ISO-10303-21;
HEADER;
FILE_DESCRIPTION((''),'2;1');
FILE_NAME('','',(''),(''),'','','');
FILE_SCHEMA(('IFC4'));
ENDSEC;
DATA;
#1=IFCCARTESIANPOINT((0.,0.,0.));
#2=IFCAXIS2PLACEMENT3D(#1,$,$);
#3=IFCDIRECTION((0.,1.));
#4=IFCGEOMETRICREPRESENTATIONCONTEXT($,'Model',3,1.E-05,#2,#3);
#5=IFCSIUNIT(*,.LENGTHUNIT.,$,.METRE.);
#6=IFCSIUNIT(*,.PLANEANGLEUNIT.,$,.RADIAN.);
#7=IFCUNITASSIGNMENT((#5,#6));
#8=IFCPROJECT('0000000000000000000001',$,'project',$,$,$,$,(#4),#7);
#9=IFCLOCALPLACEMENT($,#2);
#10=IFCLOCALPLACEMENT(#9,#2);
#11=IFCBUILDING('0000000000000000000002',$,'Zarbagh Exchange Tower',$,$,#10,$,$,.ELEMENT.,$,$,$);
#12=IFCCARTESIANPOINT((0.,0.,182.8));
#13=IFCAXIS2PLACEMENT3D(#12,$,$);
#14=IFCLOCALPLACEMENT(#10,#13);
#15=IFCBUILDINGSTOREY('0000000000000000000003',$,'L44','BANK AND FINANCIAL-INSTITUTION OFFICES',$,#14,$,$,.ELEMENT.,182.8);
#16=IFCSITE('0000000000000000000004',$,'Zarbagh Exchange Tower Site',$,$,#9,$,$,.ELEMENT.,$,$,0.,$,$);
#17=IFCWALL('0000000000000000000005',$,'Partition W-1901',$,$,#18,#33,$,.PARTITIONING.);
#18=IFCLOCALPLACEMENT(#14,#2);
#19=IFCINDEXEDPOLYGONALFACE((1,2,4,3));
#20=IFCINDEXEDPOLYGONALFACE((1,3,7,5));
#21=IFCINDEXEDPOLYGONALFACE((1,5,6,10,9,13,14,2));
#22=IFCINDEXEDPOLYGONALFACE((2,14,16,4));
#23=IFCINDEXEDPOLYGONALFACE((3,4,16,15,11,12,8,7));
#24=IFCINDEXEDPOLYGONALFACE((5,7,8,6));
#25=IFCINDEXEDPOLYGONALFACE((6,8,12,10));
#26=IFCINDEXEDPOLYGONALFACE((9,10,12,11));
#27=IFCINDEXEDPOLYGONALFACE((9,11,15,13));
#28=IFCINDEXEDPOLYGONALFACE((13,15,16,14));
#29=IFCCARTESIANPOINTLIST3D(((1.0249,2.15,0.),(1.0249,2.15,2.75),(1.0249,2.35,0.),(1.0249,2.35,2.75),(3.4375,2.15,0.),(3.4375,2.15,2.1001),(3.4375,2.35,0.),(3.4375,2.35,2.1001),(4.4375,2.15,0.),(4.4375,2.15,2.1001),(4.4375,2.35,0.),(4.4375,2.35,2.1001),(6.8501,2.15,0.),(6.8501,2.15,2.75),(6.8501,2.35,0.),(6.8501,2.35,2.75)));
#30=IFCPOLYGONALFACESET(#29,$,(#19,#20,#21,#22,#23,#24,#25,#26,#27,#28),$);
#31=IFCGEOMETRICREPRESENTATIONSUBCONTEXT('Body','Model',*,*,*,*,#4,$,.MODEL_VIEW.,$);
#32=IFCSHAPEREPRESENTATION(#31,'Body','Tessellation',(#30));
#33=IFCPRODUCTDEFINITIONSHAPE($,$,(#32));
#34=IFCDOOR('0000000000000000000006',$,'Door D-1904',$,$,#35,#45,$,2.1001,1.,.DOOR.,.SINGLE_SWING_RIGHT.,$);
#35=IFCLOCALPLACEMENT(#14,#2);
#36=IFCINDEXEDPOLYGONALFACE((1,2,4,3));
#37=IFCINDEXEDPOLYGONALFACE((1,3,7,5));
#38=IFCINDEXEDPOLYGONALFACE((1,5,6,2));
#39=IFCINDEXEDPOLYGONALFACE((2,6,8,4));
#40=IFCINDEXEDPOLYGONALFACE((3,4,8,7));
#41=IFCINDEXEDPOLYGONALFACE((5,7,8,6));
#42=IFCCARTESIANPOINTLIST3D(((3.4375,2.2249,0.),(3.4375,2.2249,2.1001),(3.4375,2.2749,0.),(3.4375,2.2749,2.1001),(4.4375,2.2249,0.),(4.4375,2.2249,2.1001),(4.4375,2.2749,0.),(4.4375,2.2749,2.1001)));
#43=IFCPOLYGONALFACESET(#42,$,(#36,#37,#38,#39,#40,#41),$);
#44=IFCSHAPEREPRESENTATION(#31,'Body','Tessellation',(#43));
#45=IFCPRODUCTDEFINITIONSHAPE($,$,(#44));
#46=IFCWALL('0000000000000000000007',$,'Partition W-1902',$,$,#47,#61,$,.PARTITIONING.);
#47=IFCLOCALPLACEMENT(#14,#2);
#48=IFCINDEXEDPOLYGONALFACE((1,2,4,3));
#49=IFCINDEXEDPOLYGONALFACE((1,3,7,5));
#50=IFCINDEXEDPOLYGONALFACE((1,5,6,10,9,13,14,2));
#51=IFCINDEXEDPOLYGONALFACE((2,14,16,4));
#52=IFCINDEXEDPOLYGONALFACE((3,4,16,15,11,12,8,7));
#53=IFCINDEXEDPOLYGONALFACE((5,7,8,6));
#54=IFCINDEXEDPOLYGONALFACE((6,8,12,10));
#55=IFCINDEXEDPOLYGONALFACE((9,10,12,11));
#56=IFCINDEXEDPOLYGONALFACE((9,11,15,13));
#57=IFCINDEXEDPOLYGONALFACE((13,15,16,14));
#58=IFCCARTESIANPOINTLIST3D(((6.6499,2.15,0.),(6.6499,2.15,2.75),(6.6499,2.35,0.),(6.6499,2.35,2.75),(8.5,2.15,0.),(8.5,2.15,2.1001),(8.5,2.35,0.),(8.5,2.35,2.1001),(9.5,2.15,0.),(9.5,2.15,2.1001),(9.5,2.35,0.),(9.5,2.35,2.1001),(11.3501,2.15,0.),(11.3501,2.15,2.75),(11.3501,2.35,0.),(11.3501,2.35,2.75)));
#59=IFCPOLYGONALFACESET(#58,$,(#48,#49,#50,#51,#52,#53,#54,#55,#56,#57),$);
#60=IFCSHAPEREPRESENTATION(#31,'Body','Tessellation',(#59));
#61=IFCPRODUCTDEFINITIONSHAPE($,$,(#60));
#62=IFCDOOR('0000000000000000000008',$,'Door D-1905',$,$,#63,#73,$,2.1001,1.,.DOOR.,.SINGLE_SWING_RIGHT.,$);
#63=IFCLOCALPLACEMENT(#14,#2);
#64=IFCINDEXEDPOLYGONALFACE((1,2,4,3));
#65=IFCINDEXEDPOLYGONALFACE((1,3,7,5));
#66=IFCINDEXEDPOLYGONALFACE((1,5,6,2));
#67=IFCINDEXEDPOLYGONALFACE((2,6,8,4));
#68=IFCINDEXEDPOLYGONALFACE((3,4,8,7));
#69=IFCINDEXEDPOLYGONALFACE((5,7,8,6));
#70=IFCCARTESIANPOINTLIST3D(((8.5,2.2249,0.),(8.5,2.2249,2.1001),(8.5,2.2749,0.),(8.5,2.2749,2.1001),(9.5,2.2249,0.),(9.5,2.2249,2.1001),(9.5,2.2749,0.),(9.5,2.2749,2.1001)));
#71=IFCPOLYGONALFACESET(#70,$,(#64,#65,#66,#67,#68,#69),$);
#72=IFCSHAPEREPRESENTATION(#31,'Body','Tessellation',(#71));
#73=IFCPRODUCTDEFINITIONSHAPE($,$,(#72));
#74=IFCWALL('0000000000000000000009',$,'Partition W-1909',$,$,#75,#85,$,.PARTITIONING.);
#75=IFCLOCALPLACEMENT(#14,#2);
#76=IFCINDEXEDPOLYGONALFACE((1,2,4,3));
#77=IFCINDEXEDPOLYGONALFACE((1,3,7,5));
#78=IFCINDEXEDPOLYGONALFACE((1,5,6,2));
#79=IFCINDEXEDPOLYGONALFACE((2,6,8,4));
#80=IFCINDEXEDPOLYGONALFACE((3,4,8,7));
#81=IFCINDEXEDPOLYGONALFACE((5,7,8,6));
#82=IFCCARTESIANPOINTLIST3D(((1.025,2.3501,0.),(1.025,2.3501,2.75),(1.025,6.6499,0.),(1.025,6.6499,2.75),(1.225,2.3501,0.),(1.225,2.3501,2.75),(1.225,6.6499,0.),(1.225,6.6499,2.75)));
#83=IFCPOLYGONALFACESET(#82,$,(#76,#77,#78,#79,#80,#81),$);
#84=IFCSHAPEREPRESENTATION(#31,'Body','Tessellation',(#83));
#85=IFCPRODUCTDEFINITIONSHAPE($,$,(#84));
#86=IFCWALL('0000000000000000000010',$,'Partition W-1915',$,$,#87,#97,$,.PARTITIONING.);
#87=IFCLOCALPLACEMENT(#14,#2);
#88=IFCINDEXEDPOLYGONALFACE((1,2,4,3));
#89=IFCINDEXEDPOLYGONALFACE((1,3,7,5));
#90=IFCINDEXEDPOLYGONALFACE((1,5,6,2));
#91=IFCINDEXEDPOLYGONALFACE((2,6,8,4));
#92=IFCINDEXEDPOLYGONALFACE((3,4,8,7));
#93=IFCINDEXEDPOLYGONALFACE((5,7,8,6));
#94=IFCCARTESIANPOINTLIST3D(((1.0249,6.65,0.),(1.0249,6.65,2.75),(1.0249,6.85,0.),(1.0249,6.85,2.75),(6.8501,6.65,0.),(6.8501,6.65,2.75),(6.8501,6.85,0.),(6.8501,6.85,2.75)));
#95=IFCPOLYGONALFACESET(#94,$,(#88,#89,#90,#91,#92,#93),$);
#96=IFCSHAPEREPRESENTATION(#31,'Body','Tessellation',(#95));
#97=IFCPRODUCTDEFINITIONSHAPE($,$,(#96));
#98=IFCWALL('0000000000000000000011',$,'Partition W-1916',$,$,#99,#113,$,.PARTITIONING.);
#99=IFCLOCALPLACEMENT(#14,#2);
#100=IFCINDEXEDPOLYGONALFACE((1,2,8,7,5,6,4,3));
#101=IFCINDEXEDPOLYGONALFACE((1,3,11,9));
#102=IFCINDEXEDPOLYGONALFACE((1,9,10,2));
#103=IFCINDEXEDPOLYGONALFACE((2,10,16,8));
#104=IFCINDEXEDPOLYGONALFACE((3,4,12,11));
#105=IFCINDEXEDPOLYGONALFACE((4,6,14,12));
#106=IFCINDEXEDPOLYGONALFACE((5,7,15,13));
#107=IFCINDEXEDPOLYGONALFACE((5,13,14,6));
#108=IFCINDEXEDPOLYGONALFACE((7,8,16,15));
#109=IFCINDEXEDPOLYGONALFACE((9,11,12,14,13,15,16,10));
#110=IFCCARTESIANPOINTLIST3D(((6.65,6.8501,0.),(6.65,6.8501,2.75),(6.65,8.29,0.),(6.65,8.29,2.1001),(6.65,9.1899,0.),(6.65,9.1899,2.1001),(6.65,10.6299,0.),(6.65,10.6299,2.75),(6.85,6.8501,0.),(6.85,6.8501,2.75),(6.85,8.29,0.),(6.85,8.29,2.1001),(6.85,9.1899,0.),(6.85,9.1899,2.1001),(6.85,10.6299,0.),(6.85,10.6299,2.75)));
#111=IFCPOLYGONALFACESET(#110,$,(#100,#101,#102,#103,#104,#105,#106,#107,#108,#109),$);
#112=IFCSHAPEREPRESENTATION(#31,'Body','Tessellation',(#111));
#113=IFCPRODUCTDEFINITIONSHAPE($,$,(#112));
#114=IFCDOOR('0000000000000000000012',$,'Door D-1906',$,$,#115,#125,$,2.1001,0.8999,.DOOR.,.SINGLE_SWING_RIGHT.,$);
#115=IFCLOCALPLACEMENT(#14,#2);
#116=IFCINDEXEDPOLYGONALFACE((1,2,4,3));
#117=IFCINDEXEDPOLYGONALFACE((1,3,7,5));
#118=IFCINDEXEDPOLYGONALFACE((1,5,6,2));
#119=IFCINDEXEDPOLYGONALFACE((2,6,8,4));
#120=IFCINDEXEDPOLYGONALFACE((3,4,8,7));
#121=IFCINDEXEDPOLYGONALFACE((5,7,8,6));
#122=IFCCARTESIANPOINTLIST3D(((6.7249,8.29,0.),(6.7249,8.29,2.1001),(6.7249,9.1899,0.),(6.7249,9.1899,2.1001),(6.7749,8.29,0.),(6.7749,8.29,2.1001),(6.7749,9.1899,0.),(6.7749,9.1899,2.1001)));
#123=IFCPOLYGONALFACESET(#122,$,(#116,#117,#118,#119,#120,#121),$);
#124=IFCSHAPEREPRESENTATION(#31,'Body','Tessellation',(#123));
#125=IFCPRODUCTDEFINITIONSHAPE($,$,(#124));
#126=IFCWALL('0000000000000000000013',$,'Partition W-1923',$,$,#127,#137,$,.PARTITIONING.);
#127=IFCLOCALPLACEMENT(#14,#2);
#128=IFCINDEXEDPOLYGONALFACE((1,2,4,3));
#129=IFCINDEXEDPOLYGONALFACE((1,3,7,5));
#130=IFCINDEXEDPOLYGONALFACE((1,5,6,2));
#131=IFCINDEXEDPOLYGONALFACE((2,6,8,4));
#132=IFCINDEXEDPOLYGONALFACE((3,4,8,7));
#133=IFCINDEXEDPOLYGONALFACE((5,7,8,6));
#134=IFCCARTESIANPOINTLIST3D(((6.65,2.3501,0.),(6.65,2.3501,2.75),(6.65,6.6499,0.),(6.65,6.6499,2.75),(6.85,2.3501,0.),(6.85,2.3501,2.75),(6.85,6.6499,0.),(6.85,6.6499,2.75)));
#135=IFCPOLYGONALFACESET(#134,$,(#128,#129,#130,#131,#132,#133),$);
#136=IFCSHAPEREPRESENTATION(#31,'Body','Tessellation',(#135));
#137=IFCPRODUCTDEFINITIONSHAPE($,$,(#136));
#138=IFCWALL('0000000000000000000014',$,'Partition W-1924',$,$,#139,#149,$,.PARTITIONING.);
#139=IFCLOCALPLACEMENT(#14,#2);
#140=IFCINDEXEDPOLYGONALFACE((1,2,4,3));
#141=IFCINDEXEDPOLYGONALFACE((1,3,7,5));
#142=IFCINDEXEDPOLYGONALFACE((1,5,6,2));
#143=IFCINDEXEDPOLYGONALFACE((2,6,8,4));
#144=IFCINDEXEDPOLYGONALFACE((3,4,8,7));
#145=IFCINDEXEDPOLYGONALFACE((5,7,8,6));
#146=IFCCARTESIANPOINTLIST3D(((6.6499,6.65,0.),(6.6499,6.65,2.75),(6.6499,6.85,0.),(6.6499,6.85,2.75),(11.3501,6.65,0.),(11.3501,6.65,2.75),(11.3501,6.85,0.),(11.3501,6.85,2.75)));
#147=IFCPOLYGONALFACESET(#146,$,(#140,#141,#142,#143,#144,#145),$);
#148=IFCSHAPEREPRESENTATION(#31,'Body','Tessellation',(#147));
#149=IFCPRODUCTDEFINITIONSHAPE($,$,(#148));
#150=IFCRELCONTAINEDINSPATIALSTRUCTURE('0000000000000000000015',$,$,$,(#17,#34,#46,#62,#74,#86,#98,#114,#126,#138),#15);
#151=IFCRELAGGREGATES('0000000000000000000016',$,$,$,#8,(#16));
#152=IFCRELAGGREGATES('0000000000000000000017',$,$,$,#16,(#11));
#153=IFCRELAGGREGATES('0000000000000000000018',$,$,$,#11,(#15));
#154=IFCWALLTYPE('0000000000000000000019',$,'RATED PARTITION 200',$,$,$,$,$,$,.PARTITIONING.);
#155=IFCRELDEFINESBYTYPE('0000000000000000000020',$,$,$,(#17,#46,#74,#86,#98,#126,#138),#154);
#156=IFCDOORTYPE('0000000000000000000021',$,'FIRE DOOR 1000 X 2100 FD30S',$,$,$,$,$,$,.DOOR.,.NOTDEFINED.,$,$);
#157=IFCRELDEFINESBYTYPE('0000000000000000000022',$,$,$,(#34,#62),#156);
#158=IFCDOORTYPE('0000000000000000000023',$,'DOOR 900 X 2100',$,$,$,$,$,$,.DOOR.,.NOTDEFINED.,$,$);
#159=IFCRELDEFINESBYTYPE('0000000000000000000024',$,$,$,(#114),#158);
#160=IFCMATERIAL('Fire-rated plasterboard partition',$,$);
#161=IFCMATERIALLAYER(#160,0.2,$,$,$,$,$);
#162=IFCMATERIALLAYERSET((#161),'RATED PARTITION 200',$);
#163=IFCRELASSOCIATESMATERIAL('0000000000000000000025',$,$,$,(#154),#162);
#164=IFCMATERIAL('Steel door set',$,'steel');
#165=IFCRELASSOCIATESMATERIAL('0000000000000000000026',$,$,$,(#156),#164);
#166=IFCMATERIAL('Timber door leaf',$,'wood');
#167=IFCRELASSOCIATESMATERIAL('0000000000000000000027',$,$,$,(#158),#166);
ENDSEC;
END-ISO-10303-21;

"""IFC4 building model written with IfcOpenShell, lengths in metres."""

from ifc_helpers import new_model, si_unit, direction, frame, frame_2d, origin, place, context, subcontext, project, spatial, rectangle, extrude, material, layer, layer_set, type_object, element, fill, save


model = new_model("IFC4")

# Units and contexts
model_context = context("Model", 3, precision=1e-05, world=origin(), true_north=direction((0.0, 1.0)))
body_context = subcontext(model_context, "Body", "Model", "MODEL_VIEW")
ifc_project = project(units=[si_unit("LENGTHUNIT", "METRE"), si_unit("PLANEANGLEUNIT", "RADIAN")], contexts=[model_context])

# Site, building, storey
site_placement = place(None, origin())
site = spatial("IfcSite", under=ifc_project, at=site_placement, Name="Zarbagh Exchange Tower Site", CompositionType="ELEMENT", RefElevation=0.0)
building_placement = place(site_placement, origin())
building = spatial("IfcBuilding", under=site, at=building_placement, Name="Zarbagh Exchange Tower", CompositionType="ELEMENT")
storey_placement = place(building_placement, frame((0.0, 0.0, 182.8)))
storey = spatial("IfcBuildingStorey", under=building, at=storey_placement, Name="L44", Description="BANK AND FINANCIAL-INSTITUTION OFFICES", CompositionType="ELEMENT", Elevation=182.8)

# Walls, openings, doors
ifc_material_1 = material(Name="Fire-rated plasterboard partition")
ifc_layer_1 = layer(ifc_material_1, 0.2)
ifc_layer_set_1 = layer_set([ifc_layer_1], Name="RATED PARTITION 200")
wall_type_1 = type_object("IfcWallType", Name="RATED PARTITION 200", PredefinedType="PARTITIONING", material=ifc_layer_set_1)
wall_1_placement = place(storey_placement, frame((1.0249, 2.25, 0.0), z_axis=(0.0, 0.0, 1.0), x_axis=(1.0, 0.0, 0.0)))
wall_1 = element("IfcWall", 1, at=wall_1_placement, inside=storey, type_object=wall_type_1, Name="Partition W-1901", PredefinedType="PARTITIONING", context=body_context, shape_type="SweptSolid", body=[
    extrude(rectangle(XDim=5.8252, YDim=0.2, at=frame_2d((2.9126, 0.0))), origin(), (0.0, 0.0, 1.0), 2.75),
])
opening_1_placement = place(wall_1_placement, frame((2.4126, 0.0, 0.0)))
opening_1 = element("IfcOpeningElement", 2, at=opening_1_placement, cuts=wall_1, PredefinedType="OPENING", context=body_context, shape_type="SweptSolid", body=[
    extrude(rectangle(XDim=1.0, YDim=2.1001, at=frame_2d((0.5, 1.05))), frame((0.0, 0.1099, 0.0), z_axis=(0.0, -1.0, 0.0), x_axis=(1.0, 0.0, 0.0)), (0.0, 0.0, 1.0), 0.22),
])
ifc_material_2 = material(Name="Steel door set", Category="steel")
door_type_1 = type_object("IfcDoorType", Name="FIRE DOOR 1000 X 2100 FD30S", OperationType="NOTDEFINED", PredefinedType="DOOR", material=ifc_material_2)
door_1_placement = place(opening_1_placement, origin())
door_1 = element("IfcDoor", 3, at=door_1_placement, inside=storey, type_object=door_type_1, Name="Door D-1904", OperationType="SINGLE_SWING_RIGHT", OverallHeight=2.1001, OverallWidth=1.0, PredefinedType="DOOR", context=body_context, shape_type="SweptSolid", body=[
    extrude(rectangle(XDim=1.0, YDim=2.1001, at=frame_2d((0.5, 1.05))), frame((0.0, 0.0249, 0.0), z_axis=(0.0, -1.0, 0.0), x_axis=(1.0, 0.0, 0.0)), (0.0, 0.0, 1.0), 0.05),
])
fill(opening_1, door_1)
wall_2_placement = place(storey_placement, frame((6.6499, 2.25, 0.0), z_axis=(0.0, 0.0, 1.0), x_axis=(1.0, 0.0, 0.0)))
wall_2 = element("IfcWall", 4, at=wall_2_placement, inside=storey, type_object=wall_type_1, Name="Partition W-1902", PredefinedType="PARTITIONING", context=body_context, shape_type="SweptSolid", body=[
    extrude(rectangle(XDim=4.7002, YDim=0.2, at=frame_2d((2.3501, 0.0))), origin(), (0.0, 0.0, 1.0), 2.75),
])
opening_2_placement = place(wall_2_placement, frame((1.8501, 0.0, 0.0)))
opening_2 = element("IfcOpeningElement", 5, at=opening_2_placement, cuts=wall_2, PredefinedType="OPENING", context=body_context, shape_type="SweptSolid", body=[
    extrude(rectangle(XDim=1.0, YDim=2.1001, at=frame_2d((0.5, 1.05))), frame((0.0, 0.1099, 0.0), z_axis=(0.0, -1.0, 0.0), x_axis=(1.0, 0.0, 0.0)), (0.0, 0.0, 1.0), 0.22),
])
door_2_placement = place(opening_2_placement, origin())
door_2 = element("IfcDoor", 6, at=door_2_placement, inside=storey, type_object=door_type_1, Name="Door D-1905", OperationType="SINGLE_SWING_RIGHT", OverallHeight=2.1001, OverallWidth=1.0, PredefinedType="DOOR", context=body_context, shape_type="SweptSolid", body=[
    extrude(rectangle(XDim=1.0, YDim=2.1001, at=frame_2d((0.5, 1.05))), frame((0.0, 0.0249, 0.0), z_axis=(0.0, -1.0, 0.0), x_axis=(1.0, 0.0, 0.0)), (0.0, 0.0, 1.0), 0.05),
])
fill(opening_2, door_2)

# Walls
wall_3_placement = place(storey_placement, frame((1.125, 2.3501, 0.0), z_axis=(0.0, 0.0, 1.0), x_axis=(0.0, 1.0, 0.0)))
element("IfcWall", 7, at=wall_3_placement, inside=storey, type_object=wall_type_1, Name="Partition W-1909", PredefinedType="PARTITIONING", context=body_context, shape_type="SweptSolid", body=[
    extrude(rectangle(XDim=4.2998, YDim=0.2, at=frame_2d((2.1499, 0.0))), origin(), (0.0, 0.0, 1.0), 2.75),
])
wall_4_placement = place(storey_placement, frame((1.0249, 6.75, 0.0), z_axis=(0.0, 0.0, 1.0), x_axis=(1.0, 0.0, 0.0)))
element("IfcWall", 8, at=wall_4_placement, inside=storey, type_object=wall_type_1, Name="Partition W-1915", PredefinedType="PARTITIONING", context=body_context, shape_type="SweptSolid", body=[
    extrude(rectangle(XDim=5.8252, YDim=0.2, at=frame_2d((2.9126, 0.0))), origin(), (0.0, 0.0, 1.0), 2.75),
])

# Wall, opening, door
wall_5_placement = place(storey_placement, frame((6.75, 10.6299, 0.0), z_axis=(0.0, 0.0, 1.0), x_axis=(0.0, -1.0, 0.0)))
wall_5 = element("IfcWall", 9, at=wall_5_placement, inside=storey, type_object=wall_type_1, Name="Partition W-1916", PredefinedType="PARTITIONING", context=body_context, shape_type="SweptSolid", body=[
    extrude(rectangle(XDim=3.7798, YDim=0.2, at=frame_2d((1.8899, 0.0))), origin(), (0.0, 0.0, 1.0), 2.75),
])
opening_3_placement = place(wall_5_placement, frame((1.4399, 0.0, 0.0)))
opening_3 = element("IfcOpeningElement", 10, at=opening_3_placement, cuts=wall_5, PredefinedType="OPENING", context=body_context, shape_type="SweptSolid", body=[
    extrude(rectangle(XDim=0.8999, YDim=2.1001, at=frame_2d((0.45, 1.05))), frame((0.0, 0.1099, 0.0), z_axis=(0.0, -1.0, 0.0), x_axis=(1.0, 0.0, 0.0)), (0.0, 0.0, 1.0), 0.22),
])
ifc_material_3 = material(Name="Timber door leaf", Category="wood")
door_type_2 = type_object("IfcDoorType", Name="DOOR 900 X 2100", OperationType="NOTDEFINED", PredefinedType="DOOR", material=ifc_material_3)
door_3_placement = place(opening_3_placement, origin())
door_3 = element("IfcDoor", 11, at=door_3_placement, inside=storey, type_object=door_type_2, Name="Door D-1906", OperationType="SINGLE_SWING_RIGHT", OverallHeight=2.1001, OverallWidth=0.8999, PredefinedType="DOOR", context=body_context, shape_type="SweptSolid", body=[
    extrude(rectangle(XDim=0.8999, YDim=2.1001, at=frame_2d((0.45, 1.05))), frame((0.0, 0.0249, 0.0), z_axis=(0.0, -1.0, 0.0), x_axis=(1.0, 0.0, 0.0)), (0.0, 0.0, 1.0), 0.05),
])
fill(opening_3, door_3)

# Walls
wall_6_placement = place(storey_placement, frame((6.75, 2.3501, 0.0), z_axis=(0.0, 0.0, 1.0), x_axis=(0.0, 1.0, 0.0)))
element("IfcWall", 12, at=wall_6_placement, inside=storey, type_object=wall_type_1, Name="Partition W-1923", PredefinedType="PARTITIONING", context=body_context, shape_type="SweptSolid", body=[
    extrude(rectangle(XDim=4.2998, YDim=0.2, at=frame_2d((2.1499, 0.0))), origin(), (0.0, 0.0, 1.0), 2.75),
])
wall_7_placement = place(storey_placement, frame((6.6499, 6.75, 0.0), z_axis=(0.0, 0.0, 1.0), x_axis=(1.0, 0.0, 0.0)))
element("IfcWall", 13, at=wall_7_placement, inside=storey, type_object=wall_type_1, Name="Partition W-1924", PredefinedType="PARTITIONING", context=body_context, shape_type="SweptSolid", body=[
    extrude(rectangle(XDim=4.7002, YDim=0.2, at=frame_2d((2.3501, 0.0))), origin(), (0.0, 0.0, 1.0), 2.75),
])

save(model, "model.ifc")
